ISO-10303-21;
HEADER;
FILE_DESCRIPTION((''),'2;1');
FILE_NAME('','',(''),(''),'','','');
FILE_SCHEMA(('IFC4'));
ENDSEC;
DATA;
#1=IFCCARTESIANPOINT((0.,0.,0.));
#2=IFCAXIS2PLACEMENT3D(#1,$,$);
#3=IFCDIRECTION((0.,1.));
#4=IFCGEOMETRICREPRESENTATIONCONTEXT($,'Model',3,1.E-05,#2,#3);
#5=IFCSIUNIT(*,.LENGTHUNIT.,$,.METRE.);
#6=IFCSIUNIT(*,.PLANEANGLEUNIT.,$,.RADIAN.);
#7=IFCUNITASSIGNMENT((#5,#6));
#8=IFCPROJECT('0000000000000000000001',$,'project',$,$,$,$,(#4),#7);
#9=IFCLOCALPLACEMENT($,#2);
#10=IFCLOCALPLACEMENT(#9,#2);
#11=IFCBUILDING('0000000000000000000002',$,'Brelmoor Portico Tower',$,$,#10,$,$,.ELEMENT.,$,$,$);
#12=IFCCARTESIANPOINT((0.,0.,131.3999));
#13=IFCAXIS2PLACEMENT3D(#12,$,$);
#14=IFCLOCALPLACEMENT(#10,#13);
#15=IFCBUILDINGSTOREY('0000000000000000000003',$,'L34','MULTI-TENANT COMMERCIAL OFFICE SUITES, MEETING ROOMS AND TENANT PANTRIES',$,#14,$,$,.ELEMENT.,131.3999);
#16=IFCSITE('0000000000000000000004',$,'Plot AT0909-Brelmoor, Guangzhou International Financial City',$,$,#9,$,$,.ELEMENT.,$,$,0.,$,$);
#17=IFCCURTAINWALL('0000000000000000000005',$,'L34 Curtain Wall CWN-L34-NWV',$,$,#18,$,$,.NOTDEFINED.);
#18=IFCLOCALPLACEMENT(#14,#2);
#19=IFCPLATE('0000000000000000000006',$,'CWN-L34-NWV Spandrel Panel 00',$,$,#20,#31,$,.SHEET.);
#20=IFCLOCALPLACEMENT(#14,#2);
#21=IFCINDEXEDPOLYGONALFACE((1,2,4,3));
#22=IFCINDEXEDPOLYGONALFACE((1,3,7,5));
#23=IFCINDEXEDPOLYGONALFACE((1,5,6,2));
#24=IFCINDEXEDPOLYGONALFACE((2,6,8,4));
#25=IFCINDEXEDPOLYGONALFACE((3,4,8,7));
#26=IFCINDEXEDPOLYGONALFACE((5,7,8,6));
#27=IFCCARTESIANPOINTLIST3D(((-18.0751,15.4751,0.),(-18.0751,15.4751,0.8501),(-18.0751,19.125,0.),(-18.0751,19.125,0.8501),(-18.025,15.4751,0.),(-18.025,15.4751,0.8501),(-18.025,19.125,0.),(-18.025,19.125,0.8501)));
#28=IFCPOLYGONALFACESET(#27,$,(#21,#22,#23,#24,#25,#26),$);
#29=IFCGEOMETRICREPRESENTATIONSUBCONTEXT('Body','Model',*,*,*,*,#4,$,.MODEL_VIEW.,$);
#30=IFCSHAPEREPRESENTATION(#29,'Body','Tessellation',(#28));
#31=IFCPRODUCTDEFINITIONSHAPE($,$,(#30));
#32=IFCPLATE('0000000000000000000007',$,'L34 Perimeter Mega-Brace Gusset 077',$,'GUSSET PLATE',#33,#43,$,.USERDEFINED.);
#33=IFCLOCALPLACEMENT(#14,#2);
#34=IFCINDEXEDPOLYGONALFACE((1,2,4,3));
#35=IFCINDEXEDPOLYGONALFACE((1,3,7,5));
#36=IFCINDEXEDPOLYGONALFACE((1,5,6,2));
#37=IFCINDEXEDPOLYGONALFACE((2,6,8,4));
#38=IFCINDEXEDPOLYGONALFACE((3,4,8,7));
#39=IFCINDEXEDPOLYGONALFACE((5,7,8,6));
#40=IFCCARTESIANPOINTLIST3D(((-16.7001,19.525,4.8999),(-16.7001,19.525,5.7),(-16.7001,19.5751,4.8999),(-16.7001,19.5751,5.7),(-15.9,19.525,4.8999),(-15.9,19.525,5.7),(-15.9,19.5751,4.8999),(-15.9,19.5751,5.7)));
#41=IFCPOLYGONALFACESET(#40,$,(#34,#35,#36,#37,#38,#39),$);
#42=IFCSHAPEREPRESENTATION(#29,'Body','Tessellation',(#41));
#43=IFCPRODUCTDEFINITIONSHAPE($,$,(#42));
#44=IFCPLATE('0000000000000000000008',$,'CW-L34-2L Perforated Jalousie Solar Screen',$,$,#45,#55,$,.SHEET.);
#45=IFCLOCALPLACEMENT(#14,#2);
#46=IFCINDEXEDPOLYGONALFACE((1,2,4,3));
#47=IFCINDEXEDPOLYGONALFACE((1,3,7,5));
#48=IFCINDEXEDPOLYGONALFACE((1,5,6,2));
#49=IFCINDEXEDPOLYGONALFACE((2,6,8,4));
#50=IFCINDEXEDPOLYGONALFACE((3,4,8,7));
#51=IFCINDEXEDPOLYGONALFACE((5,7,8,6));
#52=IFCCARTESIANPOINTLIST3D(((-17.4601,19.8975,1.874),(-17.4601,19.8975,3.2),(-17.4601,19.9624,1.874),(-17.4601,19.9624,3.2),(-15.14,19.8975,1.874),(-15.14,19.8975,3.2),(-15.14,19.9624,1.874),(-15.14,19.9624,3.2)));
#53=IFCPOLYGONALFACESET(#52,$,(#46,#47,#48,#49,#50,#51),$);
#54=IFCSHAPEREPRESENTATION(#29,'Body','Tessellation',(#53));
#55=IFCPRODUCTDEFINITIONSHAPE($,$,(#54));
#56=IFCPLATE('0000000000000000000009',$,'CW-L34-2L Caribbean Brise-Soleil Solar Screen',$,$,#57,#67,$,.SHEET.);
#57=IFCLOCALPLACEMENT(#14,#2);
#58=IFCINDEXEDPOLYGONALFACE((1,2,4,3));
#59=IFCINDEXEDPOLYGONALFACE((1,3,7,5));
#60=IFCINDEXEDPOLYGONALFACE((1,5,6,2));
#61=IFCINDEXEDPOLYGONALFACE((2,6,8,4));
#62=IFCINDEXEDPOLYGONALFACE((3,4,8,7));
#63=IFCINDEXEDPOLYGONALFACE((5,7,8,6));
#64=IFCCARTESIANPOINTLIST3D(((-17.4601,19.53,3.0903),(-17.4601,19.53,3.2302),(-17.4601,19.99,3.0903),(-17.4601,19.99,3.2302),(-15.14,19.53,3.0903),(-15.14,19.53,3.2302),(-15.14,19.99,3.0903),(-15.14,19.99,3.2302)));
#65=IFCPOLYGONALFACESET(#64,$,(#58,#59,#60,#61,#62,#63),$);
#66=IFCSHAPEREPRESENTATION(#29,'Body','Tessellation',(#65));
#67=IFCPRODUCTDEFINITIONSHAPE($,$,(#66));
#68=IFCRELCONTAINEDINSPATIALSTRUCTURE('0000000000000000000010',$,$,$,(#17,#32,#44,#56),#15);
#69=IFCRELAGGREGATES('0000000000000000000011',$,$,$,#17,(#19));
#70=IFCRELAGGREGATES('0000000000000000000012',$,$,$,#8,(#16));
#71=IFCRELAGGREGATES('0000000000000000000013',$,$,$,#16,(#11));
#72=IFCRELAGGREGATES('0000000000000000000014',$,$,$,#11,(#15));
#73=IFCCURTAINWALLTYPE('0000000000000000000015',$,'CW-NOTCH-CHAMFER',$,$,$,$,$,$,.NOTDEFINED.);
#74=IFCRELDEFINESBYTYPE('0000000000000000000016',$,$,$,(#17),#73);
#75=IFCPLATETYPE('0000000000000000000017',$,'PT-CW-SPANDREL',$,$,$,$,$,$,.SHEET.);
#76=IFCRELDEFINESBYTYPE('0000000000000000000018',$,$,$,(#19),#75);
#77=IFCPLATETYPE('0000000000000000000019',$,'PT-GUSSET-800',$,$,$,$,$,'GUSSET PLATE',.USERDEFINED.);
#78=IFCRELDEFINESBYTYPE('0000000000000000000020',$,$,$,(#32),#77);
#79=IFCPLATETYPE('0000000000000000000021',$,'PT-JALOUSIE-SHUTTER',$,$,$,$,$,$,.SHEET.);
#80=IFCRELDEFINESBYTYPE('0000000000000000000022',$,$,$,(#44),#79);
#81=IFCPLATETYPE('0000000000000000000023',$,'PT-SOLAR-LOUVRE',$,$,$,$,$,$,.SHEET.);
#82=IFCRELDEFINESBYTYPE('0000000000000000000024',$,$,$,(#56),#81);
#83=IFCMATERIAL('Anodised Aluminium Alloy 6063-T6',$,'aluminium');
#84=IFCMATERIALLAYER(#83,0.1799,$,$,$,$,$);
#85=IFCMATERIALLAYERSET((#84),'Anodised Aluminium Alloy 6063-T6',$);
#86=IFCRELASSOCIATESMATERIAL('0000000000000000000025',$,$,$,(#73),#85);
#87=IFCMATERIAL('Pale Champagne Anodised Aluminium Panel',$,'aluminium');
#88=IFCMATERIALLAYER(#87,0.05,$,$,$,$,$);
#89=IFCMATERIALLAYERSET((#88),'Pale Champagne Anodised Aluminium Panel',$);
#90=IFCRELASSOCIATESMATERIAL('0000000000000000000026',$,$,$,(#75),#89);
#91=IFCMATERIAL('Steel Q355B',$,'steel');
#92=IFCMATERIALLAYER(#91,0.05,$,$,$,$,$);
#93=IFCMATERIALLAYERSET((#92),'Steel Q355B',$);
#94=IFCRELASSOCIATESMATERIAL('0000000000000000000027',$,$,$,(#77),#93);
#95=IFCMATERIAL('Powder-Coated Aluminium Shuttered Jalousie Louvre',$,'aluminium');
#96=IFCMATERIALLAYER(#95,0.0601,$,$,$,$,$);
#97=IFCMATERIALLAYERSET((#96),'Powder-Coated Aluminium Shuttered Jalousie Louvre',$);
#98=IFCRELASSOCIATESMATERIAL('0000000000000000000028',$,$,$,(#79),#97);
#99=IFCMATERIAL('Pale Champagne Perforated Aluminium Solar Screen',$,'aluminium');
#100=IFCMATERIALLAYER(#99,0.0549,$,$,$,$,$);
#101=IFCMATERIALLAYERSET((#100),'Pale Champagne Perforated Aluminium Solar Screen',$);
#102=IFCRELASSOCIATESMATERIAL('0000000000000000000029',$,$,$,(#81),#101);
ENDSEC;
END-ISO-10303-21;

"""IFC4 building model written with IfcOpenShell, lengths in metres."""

from ifc_helpers import new_model, si_unit, direction, frame, origin, origin_2d, place, context, subcontext, project, spatial, rectangle, extrude, material, layer, layer_set, type_object, element, aggregate, save


model = new_model("IFC4")

# Units and contexts
model_context = context("Model", 3, precision=1e-05, world=origin(), true_north=direction((0.0, 1.0)))
body_context = subcontext(model_context, "Body", "Model", "MODEL_VIEW")
ifc_project = project(units=[si_unit("LENGTHUNIT", "METRE"), si_unit("PLANEANGLEUNIT", "RADIAN")], contexts=[model_context])

# Site, building, storey
site_placement = place(None, origin())
site = spatial("IfcSite", under=ifc_project, at=site_placement, Name="Plot AT0909-Brelmoor, Guangzhou International Financial City", CompositionType="ELEMENT", RefElevation=0.0)
building_placement = place(site_placement, origin())
building = spatial("IfcBuilding", under=site, at=building_placement, Name="Brelmoor Portico Tower", CompositionType="ELEMENT")
storey_placement = place(building_placement, frame((0.0, 0.0, 131.3999)))
storey = spatial("IfcBuildingStorey", under=building, at=storey_placement, Name="L34", Description="MULTI-TENANT COMMERCIAL OFFICE SUITES, MEETING ROOMS AND TENANT PANTRIES", CompositionType="ELEMENT", Elevation=131.3999)

# Shared definitions
ifc_material_1 = material(Name="Steel Q355B", Category="steel")

# Curtain wall
ifc_material_2 = material(Name="Anodised Aluminium Alloy 6063-T6", Category="aluminium")
ifc_layer_1 = layer(ifc_material_2, 0.1799)
ifc_layer_set_1 = layer_set([ifc_layer_1], Name="Anodised Aluminium Alloy 6063-T6")
curtain_wall_type_1 = type_object("IfcCurtainWallType", Name="CW-NOTCH-CHAMFER", PredefinedType="NOTDEFINED", material=ifc_layer_set_1)
curtain_wall_1_placement = place(storey_placement, origin())
curtain_wall_1 = element("IfcCurtainWall", 1, at=curtain_wall_1_placement, inside=storey, type_object=curtain_wall_type_1, Name="L34 Curtain Wall CWN-L34-NWV", PredefinedType="NOTDEFINED")

# Plate
ifc_material_3 = material(Name="Pale Champagne Anodised Aluminium Panel", Category="aluminium")
ifc_layer_2 = layer(ifc_material_3, 0.05)
ifc_layer_set_2 = layer_set([ifc_layer_2], Name="Pale Champagne Anodised Aluminium Panel")
plate_type_1 = type_object("IfcPlateType", Name="PT-CW-SPANDREL", PredefinedType="SHEET", material=ifc_layer_set_2)
plate_1_placement = place(storey_placement, frame((-18.05, 17.3, 0.0), z_axis=(0.0, 0.0, 1.0), x_axis=(0.0, 1.0, 0.0)))
plate_1 = element("IfcPlate", 2, at=plate_1_placement, type_object=plate_type_1, Name="CWN-L34-NWV Spandrel Panel 00", PredefinedType="SHEET", context=body_context, shape_type="SweptSolid", body=[
    extrude(rectangle(XDim=3.6499, YDim=0.05, at=origin_2d()), origin(), (0.0, 0.0, 1.0), 0.8501),
])
aggregate(curtain_wall_1, [plate_1])

# Plates
ifc_layer_3 = layer(ifc_material_1, 0.05)
ifc_layer_set_3 = layer_set([ifc_layer_3], Name="Steel Q355B")
plate_type_2 = type_object("IfcPlateType", Name="PT-GUSSET-800", ElementType="GUSSET PLATE", PredefinedType="USERDEFINED", material=ifc_layer_set_3)
plate_2_placement = place(storey_placement, frame((-16.3, 19.55, 4.8999), z_axis=(0.0, 0.0, 1.0), x_axis=(1.0, 0.0, 0.0)))
element("IfcPlate", 3, at=plate_2_placement, inside=storey, type_object=plate_type_2, Name="L34 Perimeter Mega-Brace Gusset 077", ObjectType="GUSSET PLATE", PredefinedType="USERDEFINED", context=body_context, shape_type="SweptSolid", body=[
    extrude(rectangle(XDim=0.8, YDim=0.05, at=origin_2d()), origin(), (0.0, 0.0, 1.0), 0.8),
])
ifc_material_4 = material(Name="Powder-Coated Aluminium Shuttered Jalousie Louvre", Category="aluminium")
ifc_layer_4 = layer(ifc_material_4, 0.0601)
ifc_layer_set_4 = layer_set([ifc_layer_4], Name="Powder-Coated Aluminium Shuttered Jalousie Louvre")
plate_type_3 = type_object("IfcPlateType", Name="PT-JALOUSIE-SHUTTER", PredefinedType="SHEET", material=ifc_layer_set_4)
plate_3_placement = place(storey_placement, frame((-16.3, 19.9299, 1.874), z_axis=(0.0, 0.0, 1.0), x_axis=(1.0, 0.0, 0.0)))
element("IfcPlate", 4, at=plate_3_placement, inside=storey, type_object=plate_type_3, Name="CW-L34-2L Perforated Jalousie Solar Screen", PredefinedType="SHEET", context=body_context, shape_type="SweptSolid", body=[
    extrude(rectangle(XDim=2.3201, YDim=0.0649, at=origin_2d()), origin(), (0.0, 0.0, 1.0), 1.3259),
])
ifc_material_5 = material(Name="Pale Champagne Perforated Aluminium Solar Screen", Category="aluminium")
ifc_layer_5 = layer(ifc_material_5, 0.0549)
ifc_layer_set_5 = layer_set([ifc_layer_5], Name="Pale Champagne Perforated Aluminium Solar Screen")
plate_type_4 = type_object("IfcPlateType", Name="PT-SOLAR-LOUVRE", PredefinedType="SHEET", material=ifc_layer_set_5)
plate_4_placement = place(storey_placement, frame((-16.3, 19.76, 3.0903), z_axis=(0.0, 0.0, 1.0), x_axis=(1.0, 0.0, 0.0)))
element("IfcPlate", 5, at=plate_4_placement, inside=storey, type_object=plate_type_4, Name="CW-L34-2L Caribbean Brise-Soleil Solar Screen", PredefinedType="SHEET", context=body_context, shape_type="SweptSolid", body=[
    extrude(rectangle(XDim=2.3201, YDim=0.46, at=origin_2d()), origin(), (0.0, 0.0, 1.0), 0.1399),
])

save(model, "model.ifc")
